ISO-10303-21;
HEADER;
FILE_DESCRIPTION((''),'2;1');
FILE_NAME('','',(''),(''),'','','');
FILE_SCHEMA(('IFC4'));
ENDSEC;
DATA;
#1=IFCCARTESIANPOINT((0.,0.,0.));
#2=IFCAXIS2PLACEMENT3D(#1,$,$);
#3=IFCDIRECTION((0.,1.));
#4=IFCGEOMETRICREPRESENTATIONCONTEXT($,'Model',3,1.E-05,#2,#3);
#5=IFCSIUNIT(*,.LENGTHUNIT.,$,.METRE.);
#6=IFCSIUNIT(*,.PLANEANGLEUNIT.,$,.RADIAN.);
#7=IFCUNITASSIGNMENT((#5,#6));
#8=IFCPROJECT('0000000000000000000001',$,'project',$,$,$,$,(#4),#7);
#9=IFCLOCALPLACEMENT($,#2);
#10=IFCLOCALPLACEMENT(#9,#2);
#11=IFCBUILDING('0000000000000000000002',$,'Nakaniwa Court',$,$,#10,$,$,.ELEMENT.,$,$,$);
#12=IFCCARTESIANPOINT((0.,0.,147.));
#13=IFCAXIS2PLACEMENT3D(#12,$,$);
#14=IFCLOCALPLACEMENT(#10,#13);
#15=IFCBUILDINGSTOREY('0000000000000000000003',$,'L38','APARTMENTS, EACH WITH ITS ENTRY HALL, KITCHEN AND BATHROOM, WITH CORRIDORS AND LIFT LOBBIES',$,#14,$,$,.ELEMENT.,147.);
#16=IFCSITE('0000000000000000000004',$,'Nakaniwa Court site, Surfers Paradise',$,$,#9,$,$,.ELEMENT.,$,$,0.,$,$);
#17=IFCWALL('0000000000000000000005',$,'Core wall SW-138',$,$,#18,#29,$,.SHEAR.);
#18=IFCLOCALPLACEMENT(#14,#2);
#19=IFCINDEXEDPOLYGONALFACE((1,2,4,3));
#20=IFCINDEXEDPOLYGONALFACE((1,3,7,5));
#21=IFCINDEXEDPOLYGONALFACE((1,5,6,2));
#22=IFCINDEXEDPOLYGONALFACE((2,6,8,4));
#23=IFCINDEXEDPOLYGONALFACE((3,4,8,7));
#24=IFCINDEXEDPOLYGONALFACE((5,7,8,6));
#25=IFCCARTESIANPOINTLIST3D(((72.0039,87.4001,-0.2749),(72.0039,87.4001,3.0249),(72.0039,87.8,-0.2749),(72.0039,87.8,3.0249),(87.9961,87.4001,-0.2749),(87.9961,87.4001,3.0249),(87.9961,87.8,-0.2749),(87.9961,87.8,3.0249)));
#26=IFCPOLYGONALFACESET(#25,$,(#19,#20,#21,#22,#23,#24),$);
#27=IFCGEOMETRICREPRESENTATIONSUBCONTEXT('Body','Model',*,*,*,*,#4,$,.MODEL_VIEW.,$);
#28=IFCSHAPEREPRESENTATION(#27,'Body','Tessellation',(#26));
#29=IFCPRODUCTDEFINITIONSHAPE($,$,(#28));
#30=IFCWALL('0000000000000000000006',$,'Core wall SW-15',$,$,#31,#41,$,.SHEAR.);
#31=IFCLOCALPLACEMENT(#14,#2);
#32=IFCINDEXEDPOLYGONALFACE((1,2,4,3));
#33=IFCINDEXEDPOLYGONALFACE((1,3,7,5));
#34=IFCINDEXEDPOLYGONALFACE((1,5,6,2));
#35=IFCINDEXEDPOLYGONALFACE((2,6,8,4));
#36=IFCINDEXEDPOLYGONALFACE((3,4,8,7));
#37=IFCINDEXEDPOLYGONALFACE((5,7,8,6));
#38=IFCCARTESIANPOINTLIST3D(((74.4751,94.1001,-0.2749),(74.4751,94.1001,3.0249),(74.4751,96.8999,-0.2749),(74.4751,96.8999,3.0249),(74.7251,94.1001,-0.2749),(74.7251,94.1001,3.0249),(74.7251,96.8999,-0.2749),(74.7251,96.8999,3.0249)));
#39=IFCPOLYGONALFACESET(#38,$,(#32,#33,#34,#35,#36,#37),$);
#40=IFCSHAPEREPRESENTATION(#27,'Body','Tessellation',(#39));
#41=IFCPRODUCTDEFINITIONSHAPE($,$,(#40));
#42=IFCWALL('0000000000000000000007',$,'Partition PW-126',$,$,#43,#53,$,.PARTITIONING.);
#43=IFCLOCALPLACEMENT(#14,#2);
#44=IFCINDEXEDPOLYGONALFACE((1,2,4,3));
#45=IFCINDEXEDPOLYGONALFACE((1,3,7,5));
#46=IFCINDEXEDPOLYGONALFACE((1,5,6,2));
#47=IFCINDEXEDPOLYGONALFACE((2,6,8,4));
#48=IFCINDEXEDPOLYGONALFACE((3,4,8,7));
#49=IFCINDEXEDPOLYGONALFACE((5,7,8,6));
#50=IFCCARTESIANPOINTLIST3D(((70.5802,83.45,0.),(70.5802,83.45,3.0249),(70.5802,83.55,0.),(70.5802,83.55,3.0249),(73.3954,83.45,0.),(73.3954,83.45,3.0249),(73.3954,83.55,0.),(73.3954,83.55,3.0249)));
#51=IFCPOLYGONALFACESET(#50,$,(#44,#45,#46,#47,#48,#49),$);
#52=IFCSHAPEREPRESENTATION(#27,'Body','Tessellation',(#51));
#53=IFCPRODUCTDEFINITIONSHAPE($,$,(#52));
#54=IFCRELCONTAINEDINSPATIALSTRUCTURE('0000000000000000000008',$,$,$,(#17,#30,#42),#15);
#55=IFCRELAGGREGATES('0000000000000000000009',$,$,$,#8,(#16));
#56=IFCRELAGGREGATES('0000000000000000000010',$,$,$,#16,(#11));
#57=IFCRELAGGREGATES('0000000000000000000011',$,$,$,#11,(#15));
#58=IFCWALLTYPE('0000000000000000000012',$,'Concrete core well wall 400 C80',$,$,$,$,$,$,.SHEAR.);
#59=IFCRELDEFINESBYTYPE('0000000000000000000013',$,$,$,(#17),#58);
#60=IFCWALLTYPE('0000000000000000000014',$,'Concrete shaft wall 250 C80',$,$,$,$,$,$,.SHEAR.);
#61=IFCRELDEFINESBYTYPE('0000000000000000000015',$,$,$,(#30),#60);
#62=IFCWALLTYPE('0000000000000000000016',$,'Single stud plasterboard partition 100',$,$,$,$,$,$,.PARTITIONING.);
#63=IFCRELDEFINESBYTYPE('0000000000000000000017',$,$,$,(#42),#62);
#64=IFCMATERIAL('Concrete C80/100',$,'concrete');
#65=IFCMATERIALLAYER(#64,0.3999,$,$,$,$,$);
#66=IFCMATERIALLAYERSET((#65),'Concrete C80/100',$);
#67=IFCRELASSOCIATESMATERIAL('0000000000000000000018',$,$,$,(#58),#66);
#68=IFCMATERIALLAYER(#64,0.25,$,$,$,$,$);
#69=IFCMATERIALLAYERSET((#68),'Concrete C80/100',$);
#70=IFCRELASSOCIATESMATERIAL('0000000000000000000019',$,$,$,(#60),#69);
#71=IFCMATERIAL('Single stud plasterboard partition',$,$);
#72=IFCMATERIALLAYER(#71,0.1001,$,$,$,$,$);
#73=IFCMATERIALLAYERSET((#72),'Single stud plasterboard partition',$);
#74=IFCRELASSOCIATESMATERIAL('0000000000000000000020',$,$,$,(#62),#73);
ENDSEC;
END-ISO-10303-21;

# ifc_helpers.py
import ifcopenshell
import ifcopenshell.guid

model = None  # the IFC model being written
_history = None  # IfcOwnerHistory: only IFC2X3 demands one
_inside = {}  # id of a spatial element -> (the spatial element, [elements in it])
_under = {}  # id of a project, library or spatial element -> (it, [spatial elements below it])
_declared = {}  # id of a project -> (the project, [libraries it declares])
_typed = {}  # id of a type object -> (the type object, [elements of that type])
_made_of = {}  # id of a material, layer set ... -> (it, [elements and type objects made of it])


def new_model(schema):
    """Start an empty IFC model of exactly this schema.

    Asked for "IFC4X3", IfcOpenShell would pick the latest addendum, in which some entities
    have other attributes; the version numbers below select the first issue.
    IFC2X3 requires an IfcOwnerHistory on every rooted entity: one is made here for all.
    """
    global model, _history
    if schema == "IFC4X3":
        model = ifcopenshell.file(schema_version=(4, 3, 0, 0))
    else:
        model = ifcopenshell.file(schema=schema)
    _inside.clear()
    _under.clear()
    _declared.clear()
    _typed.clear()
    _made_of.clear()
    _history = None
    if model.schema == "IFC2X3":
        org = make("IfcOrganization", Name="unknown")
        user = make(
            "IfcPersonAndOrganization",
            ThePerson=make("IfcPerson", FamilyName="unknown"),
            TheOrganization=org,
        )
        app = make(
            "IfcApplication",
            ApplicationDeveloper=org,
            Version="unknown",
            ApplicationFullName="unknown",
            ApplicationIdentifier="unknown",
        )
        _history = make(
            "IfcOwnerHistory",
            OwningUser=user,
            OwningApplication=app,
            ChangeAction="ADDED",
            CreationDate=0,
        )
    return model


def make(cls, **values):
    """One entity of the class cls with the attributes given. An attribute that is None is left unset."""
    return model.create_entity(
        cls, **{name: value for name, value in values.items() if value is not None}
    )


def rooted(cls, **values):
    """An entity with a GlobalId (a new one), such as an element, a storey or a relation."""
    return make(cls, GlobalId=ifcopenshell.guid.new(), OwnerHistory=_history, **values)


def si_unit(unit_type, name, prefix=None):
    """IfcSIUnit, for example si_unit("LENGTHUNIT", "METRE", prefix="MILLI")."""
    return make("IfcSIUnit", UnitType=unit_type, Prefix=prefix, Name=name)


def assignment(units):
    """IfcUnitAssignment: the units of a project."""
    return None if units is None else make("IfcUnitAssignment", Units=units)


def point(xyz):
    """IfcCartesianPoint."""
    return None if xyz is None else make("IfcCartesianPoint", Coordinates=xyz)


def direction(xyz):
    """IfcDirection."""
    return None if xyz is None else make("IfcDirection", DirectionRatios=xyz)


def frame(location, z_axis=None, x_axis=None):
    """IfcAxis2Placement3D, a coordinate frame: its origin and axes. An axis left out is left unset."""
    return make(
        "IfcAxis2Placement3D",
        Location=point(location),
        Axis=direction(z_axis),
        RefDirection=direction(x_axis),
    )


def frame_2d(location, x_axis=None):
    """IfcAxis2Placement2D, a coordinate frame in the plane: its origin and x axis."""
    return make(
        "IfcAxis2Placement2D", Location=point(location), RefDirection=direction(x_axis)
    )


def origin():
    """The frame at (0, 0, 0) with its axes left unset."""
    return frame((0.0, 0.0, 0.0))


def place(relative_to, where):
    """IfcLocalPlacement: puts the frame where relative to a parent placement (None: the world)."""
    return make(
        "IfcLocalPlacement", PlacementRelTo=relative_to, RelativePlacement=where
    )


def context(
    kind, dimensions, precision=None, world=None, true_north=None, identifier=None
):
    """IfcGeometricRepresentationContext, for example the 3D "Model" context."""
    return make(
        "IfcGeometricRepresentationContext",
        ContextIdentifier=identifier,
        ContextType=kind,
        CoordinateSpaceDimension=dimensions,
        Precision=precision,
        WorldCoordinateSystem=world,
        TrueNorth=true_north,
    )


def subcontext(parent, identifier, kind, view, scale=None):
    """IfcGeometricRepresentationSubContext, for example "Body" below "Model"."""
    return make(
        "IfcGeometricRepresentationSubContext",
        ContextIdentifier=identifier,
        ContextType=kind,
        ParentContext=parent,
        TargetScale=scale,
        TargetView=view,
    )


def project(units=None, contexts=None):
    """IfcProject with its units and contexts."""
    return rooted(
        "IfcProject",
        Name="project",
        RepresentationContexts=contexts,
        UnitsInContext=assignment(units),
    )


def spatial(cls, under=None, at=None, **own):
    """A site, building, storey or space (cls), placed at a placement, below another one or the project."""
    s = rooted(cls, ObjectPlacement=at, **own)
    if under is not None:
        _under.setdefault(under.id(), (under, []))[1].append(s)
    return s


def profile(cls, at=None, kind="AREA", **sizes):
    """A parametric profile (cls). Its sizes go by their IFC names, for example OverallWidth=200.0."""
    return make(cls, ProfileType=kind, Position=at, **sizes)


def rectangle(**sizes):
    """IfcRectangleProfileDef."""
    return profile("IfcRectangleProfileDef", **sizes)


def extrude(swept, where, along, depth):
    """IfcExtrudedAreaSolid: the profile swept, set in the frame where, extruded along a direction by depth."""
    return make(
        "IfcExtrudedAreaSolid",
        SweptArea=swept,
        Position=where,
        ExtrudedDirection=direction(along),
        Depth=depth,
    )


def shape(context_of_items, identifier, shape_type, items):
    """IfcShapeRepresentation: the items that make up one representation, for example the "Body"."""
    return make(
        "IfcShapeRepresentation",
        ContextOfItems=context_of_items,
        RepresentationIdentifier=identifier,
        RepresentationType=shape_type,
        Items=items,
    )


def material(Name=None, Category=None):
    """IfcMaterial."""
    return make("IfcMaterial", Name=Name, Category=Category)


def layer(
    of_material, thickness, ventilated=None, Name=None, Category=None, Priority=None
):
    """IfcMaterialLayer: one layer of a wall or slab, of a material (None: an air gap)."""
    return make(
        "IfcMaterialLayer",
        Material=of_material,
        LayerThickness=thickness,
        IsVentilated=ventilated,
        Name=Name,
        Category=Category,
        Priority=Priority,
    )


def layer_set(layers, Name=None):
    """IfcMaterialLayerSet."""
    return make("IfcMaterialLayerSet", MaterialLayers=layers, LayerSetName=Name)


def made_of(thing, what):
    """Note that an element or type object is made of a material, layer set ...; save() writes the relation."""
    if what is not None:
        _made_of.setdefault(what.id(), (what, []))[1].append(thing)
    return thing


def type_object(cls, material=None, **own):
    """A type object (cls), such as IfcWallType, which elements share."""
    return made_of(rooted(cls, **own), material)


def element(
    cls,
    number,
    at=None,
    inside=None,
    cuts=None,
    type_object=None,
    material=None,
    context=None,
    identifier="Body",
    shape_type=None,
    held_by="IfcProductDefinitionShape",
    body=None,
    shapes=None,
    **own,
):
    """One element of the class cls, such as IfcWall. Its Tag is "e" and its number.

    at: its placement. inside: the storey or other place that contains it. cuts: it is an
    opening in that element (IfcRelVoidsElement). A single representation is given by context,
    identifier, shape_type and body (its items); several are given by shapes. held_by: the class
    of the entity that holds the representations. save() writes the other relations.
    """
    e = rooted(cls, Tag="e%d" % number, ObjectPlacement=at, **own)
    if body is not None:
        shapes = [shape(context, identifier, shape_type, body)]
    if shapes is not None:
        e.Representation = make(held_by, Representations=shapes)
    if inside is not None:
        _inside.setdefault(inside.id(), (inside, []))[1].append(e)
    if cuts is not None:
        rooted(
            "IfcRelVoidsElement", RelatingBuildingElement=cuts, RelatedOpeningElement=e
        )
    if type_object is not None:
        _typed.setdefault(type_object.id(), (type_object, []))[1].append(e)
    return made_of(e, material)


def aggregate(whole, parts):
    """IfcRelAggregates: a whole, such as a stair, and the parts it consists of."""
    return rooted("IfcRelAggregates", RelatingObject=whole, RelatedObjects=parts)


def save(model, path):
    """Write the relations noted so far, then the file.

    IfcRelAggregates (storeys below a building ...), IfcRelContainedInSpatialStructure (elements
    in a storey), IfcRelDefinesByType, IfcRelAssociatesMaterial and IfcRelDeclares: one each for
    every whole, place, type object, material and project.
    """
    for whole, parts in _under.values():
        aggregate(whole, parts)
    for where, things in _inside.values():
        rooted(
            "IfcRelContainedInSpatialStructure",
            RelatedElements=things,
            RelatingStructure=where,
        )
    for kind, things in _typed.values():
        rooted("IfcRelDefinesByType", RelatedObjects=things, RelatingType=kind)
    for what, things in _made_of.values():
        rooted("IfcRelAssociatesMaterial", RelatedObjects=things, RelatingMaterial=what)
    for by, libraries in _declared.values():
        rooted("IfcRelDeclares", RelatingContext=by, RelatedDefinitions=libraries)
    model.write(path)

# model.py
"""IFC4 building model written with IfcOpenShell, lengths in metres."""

from ifc_helpers import new_model, si_unit, direction, frame, frame_2d, origin, place, context, subcontext, project, spatial, rectangle, extrude, material, layer, layer_set, type_object, element, save


model = new_model("IFC4")

# Units and contexts
model_context = context("Model", 3, precision=1e-05, world=origin(), true_north=direction((0.0, 1.0)))
body_context = subcontext(model_context, "Body", "Model", "MODEL_VIEW")
ifc_project = project(units=[si_unit("LENGTHUNIT", "METRE"), si_unit("PLANEANGLEUNIT", "RADIAN")], contexts=[model_context])

# Site, building, storey
site_placement = place(None, origin())
site = spatial("IfcSite", under=ifc_project, at=site_placement, Name="Nakaniwa Court site, Surfers Paradise", CompositionType="ELEMENT", RefElevation=0.0)
building_placement = place(site_placement, origin())
building = spatial("IfcBuilding", under=site, at=building_placement, Name="Nakaniwa Court", CompositionType="ELEMENT")
storey_placement = place(building_placement, frame((0.0, 0.0, 147.0)))
storey = spatial("IfcBuildingStorey", under=building, at=storey_placement, Name="L38", Description="APARTMENTS, EACH WITH ITS ENTRY HALL, KITCHEN AND BATHROOM, WITH CORRIDORS AND LIFT LOBBIES", CompositionType="ELEMENT", Elevation=147.0)

# Shared definitions
ifc_material_1 = material(Name="Concrete C80/100", Category="concrete")

# Walls
ifc_layer_1 = layer(ifc_material_1, 0.3999)
ifc_layer_set_1 = layer_set([ifc_layer_1], Name="Concrete C80/100")
wall_type_1 = type_object("IfcWallType", Name="Concrete core well wall 400 C80", PredefinedType="SHEAR", material=ifc_layer_set_1)
wall_1_placement = place(storey_placement, frame((72.0039, 87.6001, -0.2749), z_axis=(0.0, 0.0, 1.0), x_axis=(1.0, 0.0, 0.0)))
element("IfcWall", 1, at=wall_1_placement, inside=storey, type_object=wall_type_1, Name="Core wall SW-138", PredefinedType="SHEAR", context=body_context, shape_type="SweptSolid", body=[
    extrude(rectangle(XDim=15.9922, YDim=0.3999, at=frame_2d((7.9961, 0.0))), origin(), (0.0, 0.0, 1.0), 3.2998),
])
ifc_layer_2 = layer(ifc_material_1, 0.25)
ifc_layer_set_2 = layer_set([ifc_layer_2], Name="Concrete C80/100")
wall_type_2 = type_object("IfcWallType", Name="Concrete shaft wall 250 C80", PredefinedType="SHEAR", material=ifc_layer_set_2)
wall_2_placement = place(storey_placement, frame((74.6001, 94.1001, -0.2749), z_axis=(0.0, 0.0, 1.0), x_axis=(0.0, 1.0, 0.0)))
element("IfcWall", 2, at=wall_2_placement, inside=storey, type_object=wall_type_2, Name="Core wall SW-15", PredefinedType="SHEAR", context=body_context, shape_type="SweptSolid", body=[
    extrude(rectangle(XDim=2.7998, YDim=0.25, at=frame_2d((1.3999, 0.0))), origin(), (0.0, 0.0, 1.0), 3.2998),
])
ifc_material_2 = material(Name="Single stud plasterboard partition")
ifc_layer_3 = layer(ifc_material_2, 0.1001)
ifc_layer_set_3 = layer_set([ifc_layer_3], Name="Single stud plasterboard partition")
wall_type_3 = type_object("IfcWallType", Name="Single stud plasterboard partition 100", PredefinedType="PARTITIONING", material=ifc_layer_set_3)
wall_3_placement = place(storey_placement, frame((70.5801, 83.5, 0.0), z_axis=(0.0, 0.0, 1.0), x_axis=(1.0, 0.0, 0.0)))
element("IfcWall", 3, at=wall_3_placement, inside=storey, type_object=wall_type_3, Name="Partition PW-126", PredefinedType="PARTITIONING", context=body_context, shape_type="SweptSolid", body=[
    extrude(rectangle(XDim=2.8152, YDim=0.1001, at=frame_2d((1.4077, 0.0))), origin(), (0.0, 0.0, 1.0), 3.0249),
])

save(model, "model.ifc")
